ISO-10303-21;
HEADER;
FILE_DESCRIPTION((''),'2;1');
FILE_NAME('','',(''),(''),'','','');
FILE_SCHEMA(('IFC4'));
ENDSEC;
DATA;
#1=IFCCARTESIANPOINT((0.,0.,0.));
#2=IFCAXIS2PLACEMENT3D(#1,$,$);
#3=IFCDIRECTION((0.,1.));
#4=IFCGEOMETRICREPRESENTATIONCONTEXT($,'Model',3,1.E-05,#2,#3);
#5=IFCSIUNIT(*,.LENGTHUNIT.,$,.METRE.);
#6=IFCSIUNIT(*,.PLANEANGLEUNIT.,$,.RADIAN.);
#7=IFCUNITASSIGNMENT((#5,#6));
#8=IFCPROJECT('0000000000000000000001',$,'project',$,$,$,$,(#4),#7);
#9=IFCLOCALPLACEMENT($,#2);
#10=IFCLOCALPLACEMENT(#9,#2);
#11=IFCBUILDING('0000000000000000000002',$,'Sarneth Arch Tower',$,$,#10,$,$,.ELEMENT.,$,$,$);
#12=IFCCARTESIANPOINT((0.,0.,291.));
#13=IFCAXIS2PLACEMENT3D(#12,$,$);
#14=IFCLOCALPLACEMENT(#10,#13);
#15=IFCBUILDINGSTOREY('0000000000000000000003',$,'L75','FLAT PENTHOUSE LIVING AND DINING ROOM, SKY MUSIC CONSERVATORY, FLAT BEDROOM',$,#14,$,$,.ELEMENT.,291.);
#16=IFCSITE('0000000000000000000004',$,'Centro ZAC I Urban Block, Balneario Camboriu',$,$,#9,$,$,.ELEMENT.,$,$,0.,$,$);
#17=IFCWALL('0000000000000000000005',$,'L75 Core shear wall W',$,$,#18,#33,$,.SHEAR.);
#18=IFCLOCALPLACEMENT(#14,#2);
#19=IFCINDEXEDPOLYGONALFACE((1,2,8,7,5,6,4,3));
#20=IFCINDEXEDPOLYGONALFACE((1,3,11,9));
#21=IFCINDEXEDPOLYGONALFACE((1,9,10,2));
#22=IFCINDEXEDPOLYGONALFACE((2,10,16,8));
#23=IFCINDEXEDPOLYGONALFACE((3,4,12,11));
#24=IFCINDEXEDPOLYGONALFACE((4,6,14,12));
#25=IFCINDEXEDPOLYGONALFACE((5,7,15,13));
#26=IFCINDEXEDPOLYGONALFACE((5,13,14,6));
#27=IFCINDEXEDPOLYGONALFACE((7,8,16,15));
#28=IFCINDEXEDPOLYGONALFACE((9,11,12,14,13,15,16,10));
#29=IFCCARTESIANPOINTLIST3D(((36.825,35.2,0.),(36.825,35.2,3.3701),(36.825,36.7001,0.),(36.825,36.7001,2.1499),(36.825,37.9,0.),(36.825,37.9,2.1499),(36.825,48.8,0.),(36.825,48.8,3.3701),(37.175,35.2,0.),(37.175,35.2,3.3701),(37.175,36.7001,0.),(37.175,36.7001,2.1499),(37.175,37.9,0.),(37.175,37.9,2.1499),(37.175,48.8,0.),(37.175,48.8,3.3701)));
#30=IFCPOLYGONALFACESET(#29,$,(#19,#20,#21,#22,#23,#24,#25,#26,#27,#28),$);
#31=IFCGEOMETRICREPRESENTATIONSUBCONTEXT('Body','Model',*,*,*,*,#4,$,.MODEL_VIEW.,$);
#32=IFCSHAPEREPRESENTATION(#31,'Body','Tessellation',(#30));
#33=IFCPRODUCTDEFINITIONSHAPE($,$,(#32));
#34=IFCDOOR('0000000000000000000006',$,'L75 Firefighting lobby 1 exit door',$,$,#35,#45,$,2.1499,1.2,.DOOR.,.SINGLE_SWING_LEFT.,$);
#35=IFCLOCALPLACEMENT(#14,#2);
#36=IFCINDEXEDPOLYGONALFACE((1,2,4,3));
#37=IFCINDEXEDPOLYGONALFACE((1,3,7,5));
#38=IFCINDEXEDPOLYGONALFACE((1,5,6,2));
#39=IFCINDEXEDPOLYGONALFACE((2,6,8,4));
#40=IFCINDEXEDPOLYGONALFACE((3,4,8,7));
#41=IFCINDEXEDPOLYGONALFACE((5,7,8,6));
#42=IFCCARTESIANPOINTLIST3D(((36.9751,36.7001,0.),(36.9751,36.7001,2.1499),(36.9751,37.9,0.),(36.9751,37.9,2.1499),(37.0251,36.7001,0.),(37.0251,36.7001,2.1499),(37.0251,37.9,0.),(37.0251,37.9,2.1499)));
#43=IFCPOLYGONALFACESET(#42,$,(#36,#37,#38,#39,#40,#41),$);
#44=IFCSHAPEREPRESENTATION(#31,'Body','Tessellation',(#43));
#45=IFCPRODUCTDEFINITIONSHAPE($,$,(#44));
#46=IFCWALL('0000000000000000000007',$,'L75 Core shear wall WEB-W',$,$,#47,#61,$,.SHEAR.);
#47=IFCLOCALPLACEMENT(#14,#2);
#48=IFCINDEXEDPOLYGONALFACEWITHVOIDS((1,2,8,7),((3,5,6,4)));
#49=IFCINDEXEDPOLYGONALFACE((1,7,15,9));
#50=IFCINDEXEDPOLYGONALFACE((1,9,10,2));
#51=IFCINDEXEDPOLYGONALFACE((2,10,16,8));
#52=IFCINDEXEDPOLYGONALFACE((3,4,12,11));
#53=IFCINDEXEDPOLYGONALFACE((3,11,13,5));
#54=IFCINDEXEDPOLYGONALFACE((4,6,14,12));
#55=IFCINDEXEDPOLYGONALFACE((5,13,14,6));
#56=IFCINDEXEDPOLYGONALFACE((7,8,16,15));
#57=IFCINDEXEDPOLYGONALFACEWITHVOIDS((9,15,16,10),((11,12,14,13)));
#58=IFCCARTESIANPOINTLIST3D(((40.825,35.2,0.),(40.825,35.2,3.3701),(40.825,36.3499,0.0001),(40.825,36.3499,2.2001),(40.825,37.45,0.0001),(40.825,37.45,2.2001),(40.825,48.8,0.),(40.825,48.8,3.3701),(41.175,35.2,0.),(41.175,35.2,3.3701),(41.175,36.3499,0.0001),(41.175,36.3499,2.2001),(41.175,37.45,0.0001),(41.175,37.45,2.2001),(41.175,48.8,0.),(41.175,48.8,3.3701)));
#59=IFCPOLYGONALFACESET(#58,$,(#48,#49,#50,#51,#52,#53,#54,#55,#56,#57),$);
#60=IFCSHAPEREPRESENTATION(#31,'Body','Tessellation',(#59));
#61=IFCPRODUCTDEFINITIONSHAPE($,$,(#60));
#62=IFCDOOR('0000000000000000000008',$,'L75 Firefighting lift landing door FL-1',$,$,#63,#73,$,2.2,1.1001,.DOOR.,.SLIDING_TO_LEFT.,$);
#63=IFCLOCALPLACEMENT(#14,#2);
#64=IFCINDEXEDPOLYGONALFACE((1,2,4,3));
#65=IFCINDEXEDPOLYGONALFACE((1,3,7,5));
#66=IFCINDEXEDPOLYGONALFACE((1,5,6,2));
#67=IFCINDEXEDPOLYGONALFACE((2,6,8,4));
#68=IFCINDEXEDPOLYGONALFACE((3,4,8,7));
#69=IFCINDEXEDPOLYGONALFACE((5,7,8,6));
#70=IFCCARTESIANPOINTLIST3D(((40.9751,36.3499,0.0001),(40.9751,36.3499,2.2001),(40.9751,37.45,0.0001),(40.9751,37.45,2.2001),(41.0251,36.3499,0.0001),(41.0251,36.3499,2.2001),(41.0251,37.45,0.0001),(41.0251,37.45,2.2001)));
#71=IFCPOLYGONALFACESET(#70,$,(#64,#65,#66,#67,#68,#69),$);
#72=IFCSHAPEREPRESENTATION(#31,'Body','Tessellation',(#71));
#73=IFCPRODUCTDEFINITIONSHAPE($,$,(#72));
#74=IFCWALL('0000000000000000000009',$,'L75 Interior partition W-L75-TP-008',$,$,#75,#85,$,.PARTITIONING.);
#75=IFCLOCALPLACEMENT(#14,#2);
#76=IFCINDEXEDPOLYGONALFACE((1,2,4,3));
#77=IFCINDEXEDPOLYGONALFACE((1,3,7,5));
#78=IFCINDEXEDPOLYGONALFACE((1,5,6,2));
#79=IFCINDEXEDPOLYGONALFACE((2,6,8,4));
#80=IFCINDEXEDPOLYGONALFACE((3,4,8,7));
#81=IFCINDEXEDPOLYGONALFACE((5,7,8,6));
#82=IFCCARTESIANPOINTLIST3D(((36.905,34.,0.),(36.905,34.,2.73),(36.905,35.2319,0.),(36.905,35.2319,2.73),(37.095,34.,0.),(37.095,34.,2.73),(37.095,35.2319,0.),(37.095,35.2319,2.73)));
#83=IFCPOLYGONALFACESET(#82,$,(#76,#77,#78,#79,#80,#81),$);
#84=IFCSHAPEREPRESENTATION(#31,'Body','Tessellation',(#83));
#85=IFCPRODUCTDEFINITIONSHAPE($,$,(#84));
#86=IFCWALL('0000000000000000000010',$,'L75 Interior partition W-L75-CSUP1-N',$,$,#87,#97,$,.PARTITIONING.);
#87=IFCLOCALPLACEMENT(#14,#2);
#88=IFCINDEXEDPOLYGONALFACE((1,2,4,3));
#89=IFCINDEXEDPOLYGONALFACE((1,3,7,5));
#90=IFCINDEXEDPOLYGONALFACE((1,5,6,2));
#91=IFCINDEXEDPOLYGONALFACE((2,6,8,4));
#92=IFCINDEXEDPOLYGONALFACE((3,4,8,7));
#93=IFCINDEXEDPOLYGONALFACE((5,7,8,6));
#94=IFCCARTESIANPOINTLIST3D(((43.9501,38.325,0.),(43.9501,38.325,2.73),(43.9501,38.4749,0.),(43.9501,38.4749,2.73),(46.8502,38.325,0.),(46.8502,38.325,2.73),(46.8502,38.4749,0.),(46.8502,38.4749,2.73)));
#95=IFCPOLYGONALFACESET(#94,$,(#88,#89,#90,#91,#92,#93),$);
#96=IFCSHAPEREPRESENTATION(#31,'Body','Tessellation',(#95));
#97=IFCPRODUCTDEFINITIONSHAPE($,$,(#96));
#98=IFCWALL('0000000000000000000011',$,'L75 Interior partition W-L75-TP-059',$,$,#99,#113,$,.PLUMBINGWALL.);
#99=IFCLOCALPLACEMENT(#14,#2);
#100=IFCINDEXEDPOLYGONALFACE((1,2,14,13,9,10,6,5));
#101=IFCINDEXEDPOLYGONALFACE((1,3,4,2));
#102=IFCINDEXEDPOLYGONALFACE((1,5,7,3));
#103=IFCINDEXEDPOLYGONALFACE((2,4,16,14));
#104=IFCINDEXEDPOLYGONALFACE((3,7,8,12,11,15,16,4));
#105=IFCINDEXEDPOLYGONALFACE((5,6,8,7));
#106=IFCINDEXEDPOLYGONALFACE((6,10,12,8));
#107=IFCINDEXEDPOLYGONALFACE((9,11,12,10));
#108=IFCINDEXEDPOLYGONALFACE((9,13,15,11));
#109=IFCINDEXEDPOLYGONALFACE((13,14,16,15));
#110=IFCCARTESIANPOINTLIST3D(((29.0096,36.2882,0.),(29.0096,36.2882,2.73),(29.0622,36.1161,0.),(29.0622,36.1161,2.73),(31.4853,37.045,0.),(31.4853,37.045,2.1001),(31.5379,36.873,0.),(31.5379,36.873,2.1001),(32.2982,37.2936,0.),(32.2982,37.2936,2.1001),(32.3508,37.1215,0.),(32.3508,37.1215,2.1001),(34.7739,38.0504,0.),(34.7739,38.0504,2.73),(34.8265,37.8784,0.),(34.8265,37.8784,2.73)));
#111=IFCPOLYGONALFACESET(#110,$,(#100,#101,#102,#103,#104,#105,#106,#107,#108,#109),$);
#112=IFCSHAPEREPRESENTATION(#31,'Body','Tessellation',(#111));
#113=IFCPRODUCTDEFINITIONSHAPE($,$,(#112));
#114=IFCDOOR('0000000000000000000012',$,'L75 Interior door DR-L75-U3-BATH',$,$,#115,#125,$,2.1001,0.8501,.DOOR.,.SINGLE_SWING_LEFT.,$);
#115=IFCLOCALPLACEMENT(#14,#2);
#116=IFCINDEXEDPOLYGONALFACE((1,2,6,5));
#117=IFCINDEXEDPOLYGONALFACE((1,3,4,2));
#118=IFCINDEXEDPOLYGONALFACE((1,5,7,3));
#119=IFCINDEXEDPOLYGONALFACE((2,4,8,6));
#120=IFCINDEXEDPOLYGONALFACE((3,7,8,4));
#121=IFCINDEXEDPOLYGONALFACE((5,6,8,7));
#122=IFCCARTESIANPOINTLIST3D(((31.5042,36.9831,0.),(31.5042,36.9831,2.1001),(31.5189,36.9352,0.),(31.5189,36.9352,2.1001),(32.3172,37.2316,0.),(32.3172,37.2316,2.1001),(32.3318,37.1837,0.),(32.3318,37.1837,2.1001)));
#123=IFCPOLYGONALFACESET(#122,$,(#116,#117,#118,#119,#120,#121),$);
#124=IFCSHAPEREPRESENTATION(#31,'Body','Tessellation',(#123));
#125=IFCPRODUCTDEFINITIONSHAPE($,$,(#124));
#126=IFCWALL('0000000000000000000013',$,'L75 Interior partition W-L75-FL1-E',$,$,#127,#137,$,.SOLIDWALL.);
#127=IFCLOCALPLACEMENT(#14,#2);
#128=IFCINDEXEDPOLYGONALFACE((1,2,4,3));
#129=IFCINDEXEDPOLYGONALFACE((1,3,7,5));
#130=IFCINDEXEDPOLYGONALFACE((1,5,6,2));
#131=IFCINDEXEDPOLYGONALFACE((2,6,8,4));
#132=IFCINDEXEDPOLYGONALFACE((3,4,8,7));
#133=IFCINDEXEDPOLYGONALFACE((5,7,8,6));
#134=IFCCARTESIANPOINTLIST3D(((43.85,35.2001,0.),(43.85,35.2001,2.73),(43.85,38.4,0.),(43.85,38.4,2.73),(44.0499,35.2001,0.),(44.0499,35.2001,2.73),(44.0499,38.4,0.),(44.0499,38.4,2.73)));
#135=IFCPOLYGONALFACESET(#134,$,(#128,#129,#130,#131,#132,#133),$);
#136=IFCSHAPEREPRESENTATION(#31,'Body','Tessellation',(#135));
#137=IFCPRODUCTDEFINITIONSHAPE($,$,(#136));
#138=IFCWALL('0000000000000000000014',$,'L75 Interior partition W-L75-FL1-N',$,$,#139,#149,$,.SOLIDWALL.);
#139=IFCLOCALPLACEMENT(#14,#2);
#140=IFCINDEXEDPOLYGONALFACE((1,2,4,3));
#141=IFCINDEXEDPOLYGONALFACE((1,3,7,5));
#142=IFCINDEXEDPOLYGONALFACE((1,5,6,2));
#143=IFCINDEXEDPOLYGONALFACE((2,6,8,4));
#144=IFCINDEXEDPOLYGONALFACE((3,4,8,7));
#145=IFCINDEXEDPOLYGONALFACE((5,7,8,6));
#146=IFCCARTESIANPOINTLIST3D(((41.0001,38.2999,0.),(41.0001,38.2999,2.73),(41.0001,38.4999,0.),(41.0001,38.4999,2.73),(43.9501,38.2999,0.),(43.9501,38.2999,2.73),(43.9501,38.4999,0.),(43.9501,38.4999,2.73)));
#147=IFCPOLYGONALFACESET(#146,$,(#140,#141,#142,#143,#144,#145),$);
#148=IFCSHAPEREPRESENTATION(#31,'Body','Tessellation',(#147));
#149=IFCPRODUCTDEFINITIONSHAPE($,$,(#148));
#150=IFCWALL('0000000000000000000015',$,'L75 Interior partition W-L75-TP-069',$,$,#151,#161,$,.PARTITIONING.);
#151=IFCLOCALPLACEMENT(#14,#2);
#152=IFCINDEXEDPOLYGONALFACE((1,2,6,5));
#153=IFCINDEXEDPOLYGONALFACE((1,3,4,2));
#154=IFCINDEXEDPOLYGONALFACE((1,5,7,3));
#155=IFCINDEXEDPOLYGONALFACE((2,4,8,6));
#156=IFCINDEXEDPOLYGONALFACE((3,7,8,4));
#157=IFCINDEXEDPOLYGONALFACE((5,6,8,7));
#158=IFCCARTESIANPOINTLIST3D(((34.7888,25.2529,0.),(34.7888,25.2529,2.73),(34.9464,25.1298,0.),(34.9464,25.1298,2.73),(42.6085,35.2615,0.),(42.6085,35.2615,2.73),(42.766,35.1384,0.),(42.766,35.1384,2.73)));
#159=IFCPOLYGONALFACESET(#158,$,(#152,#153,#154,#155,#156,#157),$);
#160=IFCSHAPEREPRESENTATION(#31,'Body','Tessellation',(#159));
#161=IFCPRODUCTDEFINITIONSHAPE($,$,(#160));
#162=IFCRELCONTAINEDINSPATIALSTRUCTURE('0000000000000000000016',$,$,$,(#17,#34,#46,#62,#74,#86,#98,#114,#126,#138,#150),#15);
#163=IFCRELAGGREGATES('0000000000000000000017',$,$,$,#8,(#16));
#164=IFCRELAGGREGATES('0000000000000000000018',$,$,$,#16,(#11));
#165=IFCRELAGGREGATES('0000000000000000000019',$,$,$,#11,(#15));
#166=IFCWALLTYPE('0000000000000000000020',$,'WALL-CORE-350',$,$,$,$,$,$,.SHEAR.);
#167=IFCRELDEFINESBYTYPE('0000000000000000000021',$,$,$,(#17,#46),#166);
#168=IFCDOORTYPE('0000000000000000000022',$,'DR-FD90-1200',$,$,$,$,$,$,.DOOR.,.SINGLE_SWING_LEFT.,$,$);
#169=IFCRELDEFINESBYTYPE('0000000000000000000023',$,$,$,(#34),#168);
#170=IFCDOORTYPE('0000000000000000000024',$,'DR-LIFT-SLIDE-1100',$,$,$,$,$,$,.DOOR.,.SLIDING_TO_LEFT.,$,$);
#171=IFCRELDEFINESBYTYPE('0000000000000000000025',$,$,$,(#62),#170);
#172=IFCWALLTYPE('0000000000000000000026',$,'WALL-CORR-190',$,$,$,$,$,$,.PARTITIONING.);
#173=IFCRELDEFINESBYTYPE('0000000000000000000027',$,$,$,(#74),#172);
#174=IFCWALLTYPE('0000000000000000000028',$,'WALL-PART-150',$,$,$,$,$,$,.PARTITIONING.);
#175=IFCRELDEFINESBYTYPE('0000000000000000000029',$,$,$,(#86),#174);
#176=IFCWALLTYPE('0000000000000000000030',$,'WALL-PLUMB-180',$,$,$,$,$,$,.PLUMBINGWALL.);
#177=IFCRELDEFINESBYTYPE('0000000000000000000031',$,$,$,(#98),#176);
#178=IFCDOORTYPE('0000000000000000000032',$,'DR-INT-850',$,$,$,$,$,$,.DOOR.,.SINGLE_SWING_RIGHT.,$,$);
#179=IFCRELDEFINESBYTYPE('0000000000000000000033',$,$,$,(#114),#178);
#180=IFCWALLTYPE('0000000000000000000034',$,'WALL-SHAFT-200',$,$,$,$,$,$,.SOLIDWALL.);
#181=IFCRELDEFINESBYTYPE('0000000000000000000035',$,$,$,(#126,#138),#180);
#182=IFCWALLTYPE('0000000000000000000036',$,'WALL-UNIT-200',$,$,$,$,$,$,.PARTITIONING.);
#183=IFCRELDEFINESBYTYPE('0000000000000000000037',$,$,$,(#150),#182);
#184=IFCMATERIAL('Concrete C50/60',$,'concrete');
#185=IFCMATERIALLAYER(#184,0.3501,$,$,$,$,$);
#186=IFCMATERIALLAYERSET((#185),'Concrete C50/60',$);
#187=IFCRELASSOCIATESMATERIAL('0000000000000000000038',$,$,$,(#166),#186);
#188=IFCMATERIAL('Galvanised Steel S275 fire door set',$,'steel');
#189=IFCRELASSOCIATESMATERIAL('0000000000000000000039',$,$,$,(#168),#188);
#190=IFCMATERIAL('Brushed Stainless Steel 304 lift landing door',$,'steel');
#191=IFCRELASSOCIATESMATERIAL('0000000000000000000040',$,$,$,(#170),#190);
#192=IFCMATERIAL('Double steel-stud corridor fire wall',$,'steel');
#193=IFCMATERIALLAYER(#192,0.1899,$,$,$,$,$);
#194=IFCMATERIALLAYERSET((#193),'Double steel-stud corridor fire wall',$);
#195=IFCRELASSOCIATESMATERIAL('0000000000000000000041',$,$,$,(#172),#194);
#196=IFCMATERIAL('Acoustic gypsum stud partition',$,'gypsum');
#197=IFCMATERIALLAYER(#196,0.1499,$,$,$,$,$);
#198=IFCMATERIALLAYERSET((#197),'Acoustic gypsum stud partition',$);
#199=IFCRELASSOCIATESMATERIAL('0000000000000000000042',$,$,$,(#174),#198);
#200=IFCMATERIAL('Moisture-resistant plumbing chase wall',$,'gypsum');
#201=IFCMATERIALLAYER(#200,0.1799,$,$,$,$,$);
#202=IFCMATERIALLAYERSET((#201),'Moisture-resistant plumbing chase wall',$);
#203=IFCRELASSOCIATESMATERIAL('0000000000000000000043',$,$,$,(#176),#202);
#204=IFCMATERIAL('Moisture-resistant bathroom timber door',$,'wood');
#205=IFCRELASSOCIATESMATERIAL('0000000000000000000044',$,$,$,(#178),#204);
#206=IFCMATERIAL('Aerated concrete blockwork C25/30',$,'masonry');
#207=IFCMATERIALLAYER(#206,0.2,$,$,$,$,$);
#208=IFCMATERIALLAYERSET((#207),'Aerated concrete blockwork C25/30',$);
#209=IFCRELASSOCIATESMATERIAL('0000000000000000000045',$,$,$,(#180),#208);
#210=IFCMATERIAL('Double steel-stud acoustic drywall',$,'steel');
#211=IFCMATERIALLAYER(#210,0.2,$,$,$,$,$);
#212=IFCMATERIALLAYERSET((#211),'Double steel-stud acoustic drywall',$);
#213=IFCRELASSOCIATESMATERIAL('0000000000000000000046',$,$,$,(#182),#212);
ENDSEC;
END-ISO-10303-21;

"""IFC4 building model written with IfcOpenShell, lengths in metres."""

from ifc_helpers import new_model, si_unit, direction, frame, frame_2d, origin, place, context, subcontext, project, spatial, rectangle, extrude, material, layer, layer_set, type_object, element, fill, save


model = new_model("IFC4")

# Units and contexts
model_context = context("Model", 3, precision=1e-05, world=origin(), true_north=direction((0.0, 1.0)))
body_context = subcontext(model_context, "Body", "Model", "MODEL_VIEW")
ifc_project = project(units=[si_unit("LENGTHUNIT", "METRE"), si_unit("PLANEANGLEUNIT", "RADIAN")], contexts=[model_context])

# Site, building, storey
site_placement = place(None, origin())
site = spatial("IfcSite", under=ifc_project, at=site_placement, Name="Centro ZAC I Urban Block, Balneario Camboriu", CompositionType="ELEMENT", RefElevation=0.0)
building_placement = place(site_placement, origin())
building = spatial("IfcBuilding", under=site, at=building_placement, Name="Sarneth Arch Tower", CompositionType="ELEMENT")
storey_placement = place(building_placement, frame((0.0, 0.0, 291.0)))
storey = spatial("IfcBuildingStorey", under=building, at=storey_placement, Name="L75", Description="FLAT PENTHOUSE LIVING AND DINING ROOM, SKY MUSIC CONSERVATORY, FLAT BEDROOM", CompositionType="ELEMENT", Elevation=291.0)

# Shared definitions
ifc_material_1 = material(Name="Concrete C50/60", Category="concrete")
ifc_layer_1 = layer(ifc_material_1, 0.3501)
ifc_layer_set_1 = layer_set([ifc_layer_1], Name="Concrete C50/60")
wall_type_1 = type_object("IfcWallType", Name="WALL-CORE-350", PredefinedType="SHEAR", material=ifc_layer_set_1)

# Walls, openings, doors
wall_1_placement = place(storey_placement, frame((37.0, 35.2, 0.0), z_axis=(0.0, 0.0, 1.0), x_axis=(0.0, 1.0, 0.0)))
wall_1 = element("IfcWall", 1, at=wall_1_placement, inside=storey, type_object=wall_type_1, Name="L75 Core shear wall W", PredefinedType="SHEAR", context=body_context, shape_type="SweptSolid", body=[
    extrude(rectangle(XDim=13.6001, YDim=0.3501, at=frame_2d((6.8, 0.0))), origin(), (0.0, 0.0, 1.0), 3.3701),
])
opening_1_placement = place(wall_1_placement, frame((1.5, 0.0, 0.0)))
opening_1 = element("IfcOpeningElement", 2, at=opening_1_placement, cuts=wall_1, PredefinedType="OPENING", context=body_context, shape_type="SweptSolid", body=[
    extrude(rectangle(XDim=1.2, YDim=2.1499, at=frame_2d((0.6001, 1.075))), frame((0.0, 0.1851, 0.0), z_axis=(0.0, -1.0, 0.0), x_axis=(1.0, 0.0, 0.0)), (0.0, 0.0, 1.0), 0.3701),
])
ifc_material_2 = material(Name="Galvanised Steel S275 fire door set", Category="steel")
door_type_1 = type_object("IfcDoorType", Name="DR-FD90-1200", OperationType="SINGLE_SWING_LEFT", PredefinedType="DOOR", material=ifc_material_2)
door_1_placement = place(opening_1_placement, origin())
door_1 = element("IfcDoor", 3, at=door_1_placement, inside=storey, type_object=door_type_1, Name="L75 Firefighting lobby 1 exit door", OperationType="SINGLE_SWING_LEFT", OverallHeight=2.1499, OverallWidth=1.2, PredefinedType="DOOR", context=body_context, shape_type="SweptSolid", body=[
    extrude(rectangle(XDim=1.2, YDim=2.1499, at=frame_2d((0.6001, 1.075))), frame((0.0, 0.0249, 0.0), z_axis=(0.0, -1.0, 0.0), x_axis=(1.0, 0.0, 0.0)), (0.0, 0.0, 1.0), 0.05),
])
fill(opening_1, door_1)
wall_2_placement = place(storey_placement, frame((41.0, 35.2, 0.0), z_axis=(0.0, 0.0, 1.0), x_axis=(0.0, 1.0, 0.0)))
wall_2 = element("IfcWall", 4, at=wall_2_placement, inside=storey, type_object=wall_type_1, Name="L75 Core shear wall WEB-W", PredefinedType="SHEAR", context=body_context, shape_type="SweptSolid", body=[
    extrude(rectangle(XDim=13.6001, YDim=0.3501, at=frame_2d((6.8, 0.0))), origin(), (0.0, 0.0, 1.0), 3.3701),
])
opening_2_placement = place(wall_2_placement, frame((1.1499, 0.0, 0.0)))
opening_2 = element("IfcOpeningElement", 5, at=opening_2_placement, cuts=wall_2, PredefinedType="OPENING", context=body_context, shape_type="SweptSolid", body=[
    extrude(rectangle(XDim=1.1001, YDim=2.2, at=frame_2d((0.55, 1.1001))), frame((0.0, 0.1851, 0.0), z_axis=(0.0, -1.0, 0.0), x_axis=(1.0, 0.0, 0.0)), (0.0, 0.0, 1.0), 0.3701),
])
ifc_material_3 = material(Name="Brushed Stainless Steel 304 lift landing door", Category="steel")
door_type_2 = type_object("IfcDoorType", Name="DR-LIFT-SLIDE-1100", OperationType="SLIDING_TO_LEFT", PredefinedType="DOOR", material=ifc_material_3)
door_2_placement = place(opening_2_placement, origin())
door_2 = element("IfcDoor", 6, at=door_2_placement, inside=storey, type_object=door_type_2, Name="L75 Firefighting lift landing door FL-1", OperationType="SLIDING_TO_LEFT", OverallHeight=2.2, OverallWidth=1.1001, PredefinedType="DOOR", context=body_context, shape_type="SweptSolid", body=[
    extrude(rectangle(XDim=1.1001, YDim=2.2, at=frame_2d((0.55, 1.1001))), frame((0.0, 0.0249, 0.0), z_axis=(0.0, -1.0, 0.0), x_axis=(1.0, 0.0, 0.0)), (0.0, 0.0, 1.0), 0.05),
])
fill(opening_2, door_2)

# Wall
ifc_material_4 = material(Name="Double steel-stud corridor fire wall", Category="steel")
ifc_layer_2 = layer(ifc_material_4, 0.1899)
ifc_layer_set_2 = layer_set([ifc_layer_2], Name="Double steel-stud corridor fire wall")
wall_type_2 = type_object("IfcWallType", Name="WALL-CORR-190", PredefinedType="PARTITIONING", material=ifc_layer_set_2)
wall_3_placement = place(storey_placement, frame((37.0, 35.2319, 0.0), z_axis=(0.0, 0.0, 1.0), x_axis=(0.0, -1.0, 0.0)))
element("IfcWall", 7, at=wall_3_placement, inside=storey, type_object=wall_type_2, Name="L75 Interior partition W-L75-TP-008", PredefinedType="PARTITIONING", context=body_context, shape_type="SweptSolid", body=[
    extrude(rectangle(XDim=1.2319, YDim=0.1899, at=frame_2d((0.616, 0.0))), origin(), (0.0, 0.0, 1.0), 2.73),
])

# Shared definitions
ifc_material_5 = material(Name="Acoustic gypsum stud partition", Category="gypsum")
ifc_layer_3 = layer(ifc_material_5, 0.1499)
ifc_layer_set_3 = layer_set([ifc_layer_3], Name="Acoustic gypsum stud partition")
wall_type_3 = type_object("IfcWallType", Name="WALL-PART-150", PredefinedType="PARTITIONING", material=ifc_layer_set_3)

# Wall
wall_4_placement = place(storey_placement, frame((43.95, 38.3999, 0.0), z_axis=(0.0, 0.0, 1.0), x_axis=(1.0, 0.0, 0.0)))
element("IfcWall", 8, at=wall_4_placement, inside=storey, type_object=wall_type_3, Name="L75 Interior partition W-L75-CSUP1-N", PredefinedType="PARTITIONING", context=body_context, shape_type="SweptSolid", body=[
    extrude(rectangle(XDim=2.9001, YDim=0.1499, at=frame_2d((1.4502, 0.0))), origin(), (0.0, 0.0, 1.0), 2.73),
])

# Wall, opening, door
ifc_material_6 = material(Name="Moisture-resistant plumbing chase wall", Category="gypsum")
ifc_layer_4 = layer(ifc_material_6, 0.1799)
ifc_layer_set_4 = layer_set([ifc_layer_4], Name="Moisture-resistant plumbing chase wall")
wall_type_4 = type_object("IfcWallType", Name="WALL-PLUMB-180", PredefinedType="PLUMBINGWALL", material=ifc_layer_set_4)
wall_5_placement = place(storey_placement, frame((34.8, 37.9644, 0.0), z_axis=(0.0, 0.0, 1.0), x_axis=(-0.956308, -0.292361, 0.0)))
wall_5 = element("IfcWall", 9, at=wall_5_placement, inside=storey, type_object=wall_type_4, Name="L75 Interior partition W-L75-TP-059", PredefinedType="PLUMBINGWALL", context=body_context, shape_type="SweptSolid", body=[
    extrude(rectangle(XDim=6.0276, YDim=0.1799, at=frame_2d((3.0137, 0.0))), origin(), (0.0, 0.0, 1.0), 2.73),
])
opening_3_placement = place(wall_5_placement, frame((2.5886, 0.0, 0.0)))
opening_3 = element("IfcOpeningElement", 10, at=opening_3_placement, cuts=wall_5, PredefinedType="OPENING", context=body_context, shape_type="SweptSolid", body=[
    extrude(rectangle(XDim=0.8501, YDim=2.1001, at=frame_2d((0.425, 1.05))), frame((0.0, 0.0999, 0.0), z_axis=(0.0, -1.0, 0.0), x_axis=(1.0, 0.0, 0.0)), (0.0, 0.0, 1.0), 0.2),
])
ifc_material_7 = material(Name="Moisture-resistant bathroom timber door", Category="wood")
door_type_3 = type_object("IfcDoorType", Name="DR-INT-850", OperationType="SINGLE_SWING_RIGHT", PredefinedType="DOOR", material=ifc_material_7)
door_3_placement = place(opening_3_placement, origin())
door_3 = element("IfcDoor", 11, at=door_3_placement, inside=storey, type_object=door_type_3, Name="L75 Interior door DR-L75-U3-BATH", OperationType="SINGLE_SWING_LEFT", OverallHeight=2.1001, OverallWidth=0.8501, PredefinedType="DOOR", context=body_context, shape_type="SweptSolid", body=[
    extrude(rectangle(XDim=0.8501, YDim=2.1001, at=frame_2d((0.425, 1.05))), frame((0.0, 0.0249, 0.0), z_axis=(0.0, -1.0, 0.0), x_axis=(1.0, 0.0, 0.0)), (0.0, 0.0, 1.0), 0.05),
])
fill(opening_3, door_3)
ifc_material_8 = material(Name="Aerated concrete blockwork C25/30", Category="masonry")
ifc_layer_5 = layer(ifc_material_8, 0.2)
ifc_layer_set_5 = layer_set([ifc_layer_5], Name="Aerated concrete blockwork C25/30")
wall_type_5 = type_object("IfcWallType", Name="WALL-SHAFT-200", PredefinedType="SOLIDWALL", material=ifc_layer_set_5)

# Walls
wall_6_placement = place(storey_placement, frame((43.95, 35.2, 0.0), z_axis=(0.0, 0.0, 1.0), x_axis=(0.0, 1.0, 0.0)))
element("IfcWall", 12, at=wall_6_placement, inside=storey, type_object=wall_type_5, Name="L75 Interior partition W-L75-FL1-E", PredefinedType="SOLIDWALL", context=body_context, shape_type="SweptSolid", body=[
    extrude(rectangle(XDim=3.2, YDim=0.2, at=frame_2d((1.6001, 0.0))), origin(), (0.0, 0.0, 1.0), 2.73),
])
wall_7_placement = place(storey_placement, frame((41.0, 38.3999, 0.0), z_axis=(0.0, 0.0, 1.0), x_axis=(1.0, 0.0, 0.0)))
element("IfcWall", 13, at=wall_7_placement, inside=storey, type_object=wall_type_5, Name="L75 Interior partition W-L75-FL1-N", PredefinedType="SOLIDWALL", context=body_context, shape_type="SweptSolid", body=[
    extrude(rectangle(XDim=2.95, YDim=0.2, at=frame_2d((1.4751, 0.0))), origin(), (0.0, 0.0, 1.0), 2.73),
])
ifc_material_9 = material(Name="Double steel-stud acoustic drywall", Category="steel")
ifc_layer_6 = layer(ifc_material_9, 0.2)
ifc_layer_set_6 = layer_set([ifc_layer_6], Name="Double steel-stud acoustic drywall")
wall_type_6 = type_object("IfcWallType", Name="WALL-UNIT-200", PredefinedType="PARTITIONING", material=ifc_layer_set_6)
wall_8_placement = place(storey_placement, frame((42.6873, 35.2, 0.0), z_axis=(0.0, 0.0, 1.0), x_axis=(-0.615664, -0.788009, 0.0)))
element("IfcWall", 14, at=wall_8_placement, inside=storey, type_object=wall_type_6, Name="L75 Interior partition W-L75-TP-069", PredefinedType="PARTITIONING", context=body_context, shape_type="SweptSolid", body=[
    extrude(rectangle(XDim=12.7012, YDim=0.2, at=frame_2d((6.3506, 0.0))), origin(), (0.0, 0.0, 1.0), 2.73),
])

save(model, "model.ifc")
